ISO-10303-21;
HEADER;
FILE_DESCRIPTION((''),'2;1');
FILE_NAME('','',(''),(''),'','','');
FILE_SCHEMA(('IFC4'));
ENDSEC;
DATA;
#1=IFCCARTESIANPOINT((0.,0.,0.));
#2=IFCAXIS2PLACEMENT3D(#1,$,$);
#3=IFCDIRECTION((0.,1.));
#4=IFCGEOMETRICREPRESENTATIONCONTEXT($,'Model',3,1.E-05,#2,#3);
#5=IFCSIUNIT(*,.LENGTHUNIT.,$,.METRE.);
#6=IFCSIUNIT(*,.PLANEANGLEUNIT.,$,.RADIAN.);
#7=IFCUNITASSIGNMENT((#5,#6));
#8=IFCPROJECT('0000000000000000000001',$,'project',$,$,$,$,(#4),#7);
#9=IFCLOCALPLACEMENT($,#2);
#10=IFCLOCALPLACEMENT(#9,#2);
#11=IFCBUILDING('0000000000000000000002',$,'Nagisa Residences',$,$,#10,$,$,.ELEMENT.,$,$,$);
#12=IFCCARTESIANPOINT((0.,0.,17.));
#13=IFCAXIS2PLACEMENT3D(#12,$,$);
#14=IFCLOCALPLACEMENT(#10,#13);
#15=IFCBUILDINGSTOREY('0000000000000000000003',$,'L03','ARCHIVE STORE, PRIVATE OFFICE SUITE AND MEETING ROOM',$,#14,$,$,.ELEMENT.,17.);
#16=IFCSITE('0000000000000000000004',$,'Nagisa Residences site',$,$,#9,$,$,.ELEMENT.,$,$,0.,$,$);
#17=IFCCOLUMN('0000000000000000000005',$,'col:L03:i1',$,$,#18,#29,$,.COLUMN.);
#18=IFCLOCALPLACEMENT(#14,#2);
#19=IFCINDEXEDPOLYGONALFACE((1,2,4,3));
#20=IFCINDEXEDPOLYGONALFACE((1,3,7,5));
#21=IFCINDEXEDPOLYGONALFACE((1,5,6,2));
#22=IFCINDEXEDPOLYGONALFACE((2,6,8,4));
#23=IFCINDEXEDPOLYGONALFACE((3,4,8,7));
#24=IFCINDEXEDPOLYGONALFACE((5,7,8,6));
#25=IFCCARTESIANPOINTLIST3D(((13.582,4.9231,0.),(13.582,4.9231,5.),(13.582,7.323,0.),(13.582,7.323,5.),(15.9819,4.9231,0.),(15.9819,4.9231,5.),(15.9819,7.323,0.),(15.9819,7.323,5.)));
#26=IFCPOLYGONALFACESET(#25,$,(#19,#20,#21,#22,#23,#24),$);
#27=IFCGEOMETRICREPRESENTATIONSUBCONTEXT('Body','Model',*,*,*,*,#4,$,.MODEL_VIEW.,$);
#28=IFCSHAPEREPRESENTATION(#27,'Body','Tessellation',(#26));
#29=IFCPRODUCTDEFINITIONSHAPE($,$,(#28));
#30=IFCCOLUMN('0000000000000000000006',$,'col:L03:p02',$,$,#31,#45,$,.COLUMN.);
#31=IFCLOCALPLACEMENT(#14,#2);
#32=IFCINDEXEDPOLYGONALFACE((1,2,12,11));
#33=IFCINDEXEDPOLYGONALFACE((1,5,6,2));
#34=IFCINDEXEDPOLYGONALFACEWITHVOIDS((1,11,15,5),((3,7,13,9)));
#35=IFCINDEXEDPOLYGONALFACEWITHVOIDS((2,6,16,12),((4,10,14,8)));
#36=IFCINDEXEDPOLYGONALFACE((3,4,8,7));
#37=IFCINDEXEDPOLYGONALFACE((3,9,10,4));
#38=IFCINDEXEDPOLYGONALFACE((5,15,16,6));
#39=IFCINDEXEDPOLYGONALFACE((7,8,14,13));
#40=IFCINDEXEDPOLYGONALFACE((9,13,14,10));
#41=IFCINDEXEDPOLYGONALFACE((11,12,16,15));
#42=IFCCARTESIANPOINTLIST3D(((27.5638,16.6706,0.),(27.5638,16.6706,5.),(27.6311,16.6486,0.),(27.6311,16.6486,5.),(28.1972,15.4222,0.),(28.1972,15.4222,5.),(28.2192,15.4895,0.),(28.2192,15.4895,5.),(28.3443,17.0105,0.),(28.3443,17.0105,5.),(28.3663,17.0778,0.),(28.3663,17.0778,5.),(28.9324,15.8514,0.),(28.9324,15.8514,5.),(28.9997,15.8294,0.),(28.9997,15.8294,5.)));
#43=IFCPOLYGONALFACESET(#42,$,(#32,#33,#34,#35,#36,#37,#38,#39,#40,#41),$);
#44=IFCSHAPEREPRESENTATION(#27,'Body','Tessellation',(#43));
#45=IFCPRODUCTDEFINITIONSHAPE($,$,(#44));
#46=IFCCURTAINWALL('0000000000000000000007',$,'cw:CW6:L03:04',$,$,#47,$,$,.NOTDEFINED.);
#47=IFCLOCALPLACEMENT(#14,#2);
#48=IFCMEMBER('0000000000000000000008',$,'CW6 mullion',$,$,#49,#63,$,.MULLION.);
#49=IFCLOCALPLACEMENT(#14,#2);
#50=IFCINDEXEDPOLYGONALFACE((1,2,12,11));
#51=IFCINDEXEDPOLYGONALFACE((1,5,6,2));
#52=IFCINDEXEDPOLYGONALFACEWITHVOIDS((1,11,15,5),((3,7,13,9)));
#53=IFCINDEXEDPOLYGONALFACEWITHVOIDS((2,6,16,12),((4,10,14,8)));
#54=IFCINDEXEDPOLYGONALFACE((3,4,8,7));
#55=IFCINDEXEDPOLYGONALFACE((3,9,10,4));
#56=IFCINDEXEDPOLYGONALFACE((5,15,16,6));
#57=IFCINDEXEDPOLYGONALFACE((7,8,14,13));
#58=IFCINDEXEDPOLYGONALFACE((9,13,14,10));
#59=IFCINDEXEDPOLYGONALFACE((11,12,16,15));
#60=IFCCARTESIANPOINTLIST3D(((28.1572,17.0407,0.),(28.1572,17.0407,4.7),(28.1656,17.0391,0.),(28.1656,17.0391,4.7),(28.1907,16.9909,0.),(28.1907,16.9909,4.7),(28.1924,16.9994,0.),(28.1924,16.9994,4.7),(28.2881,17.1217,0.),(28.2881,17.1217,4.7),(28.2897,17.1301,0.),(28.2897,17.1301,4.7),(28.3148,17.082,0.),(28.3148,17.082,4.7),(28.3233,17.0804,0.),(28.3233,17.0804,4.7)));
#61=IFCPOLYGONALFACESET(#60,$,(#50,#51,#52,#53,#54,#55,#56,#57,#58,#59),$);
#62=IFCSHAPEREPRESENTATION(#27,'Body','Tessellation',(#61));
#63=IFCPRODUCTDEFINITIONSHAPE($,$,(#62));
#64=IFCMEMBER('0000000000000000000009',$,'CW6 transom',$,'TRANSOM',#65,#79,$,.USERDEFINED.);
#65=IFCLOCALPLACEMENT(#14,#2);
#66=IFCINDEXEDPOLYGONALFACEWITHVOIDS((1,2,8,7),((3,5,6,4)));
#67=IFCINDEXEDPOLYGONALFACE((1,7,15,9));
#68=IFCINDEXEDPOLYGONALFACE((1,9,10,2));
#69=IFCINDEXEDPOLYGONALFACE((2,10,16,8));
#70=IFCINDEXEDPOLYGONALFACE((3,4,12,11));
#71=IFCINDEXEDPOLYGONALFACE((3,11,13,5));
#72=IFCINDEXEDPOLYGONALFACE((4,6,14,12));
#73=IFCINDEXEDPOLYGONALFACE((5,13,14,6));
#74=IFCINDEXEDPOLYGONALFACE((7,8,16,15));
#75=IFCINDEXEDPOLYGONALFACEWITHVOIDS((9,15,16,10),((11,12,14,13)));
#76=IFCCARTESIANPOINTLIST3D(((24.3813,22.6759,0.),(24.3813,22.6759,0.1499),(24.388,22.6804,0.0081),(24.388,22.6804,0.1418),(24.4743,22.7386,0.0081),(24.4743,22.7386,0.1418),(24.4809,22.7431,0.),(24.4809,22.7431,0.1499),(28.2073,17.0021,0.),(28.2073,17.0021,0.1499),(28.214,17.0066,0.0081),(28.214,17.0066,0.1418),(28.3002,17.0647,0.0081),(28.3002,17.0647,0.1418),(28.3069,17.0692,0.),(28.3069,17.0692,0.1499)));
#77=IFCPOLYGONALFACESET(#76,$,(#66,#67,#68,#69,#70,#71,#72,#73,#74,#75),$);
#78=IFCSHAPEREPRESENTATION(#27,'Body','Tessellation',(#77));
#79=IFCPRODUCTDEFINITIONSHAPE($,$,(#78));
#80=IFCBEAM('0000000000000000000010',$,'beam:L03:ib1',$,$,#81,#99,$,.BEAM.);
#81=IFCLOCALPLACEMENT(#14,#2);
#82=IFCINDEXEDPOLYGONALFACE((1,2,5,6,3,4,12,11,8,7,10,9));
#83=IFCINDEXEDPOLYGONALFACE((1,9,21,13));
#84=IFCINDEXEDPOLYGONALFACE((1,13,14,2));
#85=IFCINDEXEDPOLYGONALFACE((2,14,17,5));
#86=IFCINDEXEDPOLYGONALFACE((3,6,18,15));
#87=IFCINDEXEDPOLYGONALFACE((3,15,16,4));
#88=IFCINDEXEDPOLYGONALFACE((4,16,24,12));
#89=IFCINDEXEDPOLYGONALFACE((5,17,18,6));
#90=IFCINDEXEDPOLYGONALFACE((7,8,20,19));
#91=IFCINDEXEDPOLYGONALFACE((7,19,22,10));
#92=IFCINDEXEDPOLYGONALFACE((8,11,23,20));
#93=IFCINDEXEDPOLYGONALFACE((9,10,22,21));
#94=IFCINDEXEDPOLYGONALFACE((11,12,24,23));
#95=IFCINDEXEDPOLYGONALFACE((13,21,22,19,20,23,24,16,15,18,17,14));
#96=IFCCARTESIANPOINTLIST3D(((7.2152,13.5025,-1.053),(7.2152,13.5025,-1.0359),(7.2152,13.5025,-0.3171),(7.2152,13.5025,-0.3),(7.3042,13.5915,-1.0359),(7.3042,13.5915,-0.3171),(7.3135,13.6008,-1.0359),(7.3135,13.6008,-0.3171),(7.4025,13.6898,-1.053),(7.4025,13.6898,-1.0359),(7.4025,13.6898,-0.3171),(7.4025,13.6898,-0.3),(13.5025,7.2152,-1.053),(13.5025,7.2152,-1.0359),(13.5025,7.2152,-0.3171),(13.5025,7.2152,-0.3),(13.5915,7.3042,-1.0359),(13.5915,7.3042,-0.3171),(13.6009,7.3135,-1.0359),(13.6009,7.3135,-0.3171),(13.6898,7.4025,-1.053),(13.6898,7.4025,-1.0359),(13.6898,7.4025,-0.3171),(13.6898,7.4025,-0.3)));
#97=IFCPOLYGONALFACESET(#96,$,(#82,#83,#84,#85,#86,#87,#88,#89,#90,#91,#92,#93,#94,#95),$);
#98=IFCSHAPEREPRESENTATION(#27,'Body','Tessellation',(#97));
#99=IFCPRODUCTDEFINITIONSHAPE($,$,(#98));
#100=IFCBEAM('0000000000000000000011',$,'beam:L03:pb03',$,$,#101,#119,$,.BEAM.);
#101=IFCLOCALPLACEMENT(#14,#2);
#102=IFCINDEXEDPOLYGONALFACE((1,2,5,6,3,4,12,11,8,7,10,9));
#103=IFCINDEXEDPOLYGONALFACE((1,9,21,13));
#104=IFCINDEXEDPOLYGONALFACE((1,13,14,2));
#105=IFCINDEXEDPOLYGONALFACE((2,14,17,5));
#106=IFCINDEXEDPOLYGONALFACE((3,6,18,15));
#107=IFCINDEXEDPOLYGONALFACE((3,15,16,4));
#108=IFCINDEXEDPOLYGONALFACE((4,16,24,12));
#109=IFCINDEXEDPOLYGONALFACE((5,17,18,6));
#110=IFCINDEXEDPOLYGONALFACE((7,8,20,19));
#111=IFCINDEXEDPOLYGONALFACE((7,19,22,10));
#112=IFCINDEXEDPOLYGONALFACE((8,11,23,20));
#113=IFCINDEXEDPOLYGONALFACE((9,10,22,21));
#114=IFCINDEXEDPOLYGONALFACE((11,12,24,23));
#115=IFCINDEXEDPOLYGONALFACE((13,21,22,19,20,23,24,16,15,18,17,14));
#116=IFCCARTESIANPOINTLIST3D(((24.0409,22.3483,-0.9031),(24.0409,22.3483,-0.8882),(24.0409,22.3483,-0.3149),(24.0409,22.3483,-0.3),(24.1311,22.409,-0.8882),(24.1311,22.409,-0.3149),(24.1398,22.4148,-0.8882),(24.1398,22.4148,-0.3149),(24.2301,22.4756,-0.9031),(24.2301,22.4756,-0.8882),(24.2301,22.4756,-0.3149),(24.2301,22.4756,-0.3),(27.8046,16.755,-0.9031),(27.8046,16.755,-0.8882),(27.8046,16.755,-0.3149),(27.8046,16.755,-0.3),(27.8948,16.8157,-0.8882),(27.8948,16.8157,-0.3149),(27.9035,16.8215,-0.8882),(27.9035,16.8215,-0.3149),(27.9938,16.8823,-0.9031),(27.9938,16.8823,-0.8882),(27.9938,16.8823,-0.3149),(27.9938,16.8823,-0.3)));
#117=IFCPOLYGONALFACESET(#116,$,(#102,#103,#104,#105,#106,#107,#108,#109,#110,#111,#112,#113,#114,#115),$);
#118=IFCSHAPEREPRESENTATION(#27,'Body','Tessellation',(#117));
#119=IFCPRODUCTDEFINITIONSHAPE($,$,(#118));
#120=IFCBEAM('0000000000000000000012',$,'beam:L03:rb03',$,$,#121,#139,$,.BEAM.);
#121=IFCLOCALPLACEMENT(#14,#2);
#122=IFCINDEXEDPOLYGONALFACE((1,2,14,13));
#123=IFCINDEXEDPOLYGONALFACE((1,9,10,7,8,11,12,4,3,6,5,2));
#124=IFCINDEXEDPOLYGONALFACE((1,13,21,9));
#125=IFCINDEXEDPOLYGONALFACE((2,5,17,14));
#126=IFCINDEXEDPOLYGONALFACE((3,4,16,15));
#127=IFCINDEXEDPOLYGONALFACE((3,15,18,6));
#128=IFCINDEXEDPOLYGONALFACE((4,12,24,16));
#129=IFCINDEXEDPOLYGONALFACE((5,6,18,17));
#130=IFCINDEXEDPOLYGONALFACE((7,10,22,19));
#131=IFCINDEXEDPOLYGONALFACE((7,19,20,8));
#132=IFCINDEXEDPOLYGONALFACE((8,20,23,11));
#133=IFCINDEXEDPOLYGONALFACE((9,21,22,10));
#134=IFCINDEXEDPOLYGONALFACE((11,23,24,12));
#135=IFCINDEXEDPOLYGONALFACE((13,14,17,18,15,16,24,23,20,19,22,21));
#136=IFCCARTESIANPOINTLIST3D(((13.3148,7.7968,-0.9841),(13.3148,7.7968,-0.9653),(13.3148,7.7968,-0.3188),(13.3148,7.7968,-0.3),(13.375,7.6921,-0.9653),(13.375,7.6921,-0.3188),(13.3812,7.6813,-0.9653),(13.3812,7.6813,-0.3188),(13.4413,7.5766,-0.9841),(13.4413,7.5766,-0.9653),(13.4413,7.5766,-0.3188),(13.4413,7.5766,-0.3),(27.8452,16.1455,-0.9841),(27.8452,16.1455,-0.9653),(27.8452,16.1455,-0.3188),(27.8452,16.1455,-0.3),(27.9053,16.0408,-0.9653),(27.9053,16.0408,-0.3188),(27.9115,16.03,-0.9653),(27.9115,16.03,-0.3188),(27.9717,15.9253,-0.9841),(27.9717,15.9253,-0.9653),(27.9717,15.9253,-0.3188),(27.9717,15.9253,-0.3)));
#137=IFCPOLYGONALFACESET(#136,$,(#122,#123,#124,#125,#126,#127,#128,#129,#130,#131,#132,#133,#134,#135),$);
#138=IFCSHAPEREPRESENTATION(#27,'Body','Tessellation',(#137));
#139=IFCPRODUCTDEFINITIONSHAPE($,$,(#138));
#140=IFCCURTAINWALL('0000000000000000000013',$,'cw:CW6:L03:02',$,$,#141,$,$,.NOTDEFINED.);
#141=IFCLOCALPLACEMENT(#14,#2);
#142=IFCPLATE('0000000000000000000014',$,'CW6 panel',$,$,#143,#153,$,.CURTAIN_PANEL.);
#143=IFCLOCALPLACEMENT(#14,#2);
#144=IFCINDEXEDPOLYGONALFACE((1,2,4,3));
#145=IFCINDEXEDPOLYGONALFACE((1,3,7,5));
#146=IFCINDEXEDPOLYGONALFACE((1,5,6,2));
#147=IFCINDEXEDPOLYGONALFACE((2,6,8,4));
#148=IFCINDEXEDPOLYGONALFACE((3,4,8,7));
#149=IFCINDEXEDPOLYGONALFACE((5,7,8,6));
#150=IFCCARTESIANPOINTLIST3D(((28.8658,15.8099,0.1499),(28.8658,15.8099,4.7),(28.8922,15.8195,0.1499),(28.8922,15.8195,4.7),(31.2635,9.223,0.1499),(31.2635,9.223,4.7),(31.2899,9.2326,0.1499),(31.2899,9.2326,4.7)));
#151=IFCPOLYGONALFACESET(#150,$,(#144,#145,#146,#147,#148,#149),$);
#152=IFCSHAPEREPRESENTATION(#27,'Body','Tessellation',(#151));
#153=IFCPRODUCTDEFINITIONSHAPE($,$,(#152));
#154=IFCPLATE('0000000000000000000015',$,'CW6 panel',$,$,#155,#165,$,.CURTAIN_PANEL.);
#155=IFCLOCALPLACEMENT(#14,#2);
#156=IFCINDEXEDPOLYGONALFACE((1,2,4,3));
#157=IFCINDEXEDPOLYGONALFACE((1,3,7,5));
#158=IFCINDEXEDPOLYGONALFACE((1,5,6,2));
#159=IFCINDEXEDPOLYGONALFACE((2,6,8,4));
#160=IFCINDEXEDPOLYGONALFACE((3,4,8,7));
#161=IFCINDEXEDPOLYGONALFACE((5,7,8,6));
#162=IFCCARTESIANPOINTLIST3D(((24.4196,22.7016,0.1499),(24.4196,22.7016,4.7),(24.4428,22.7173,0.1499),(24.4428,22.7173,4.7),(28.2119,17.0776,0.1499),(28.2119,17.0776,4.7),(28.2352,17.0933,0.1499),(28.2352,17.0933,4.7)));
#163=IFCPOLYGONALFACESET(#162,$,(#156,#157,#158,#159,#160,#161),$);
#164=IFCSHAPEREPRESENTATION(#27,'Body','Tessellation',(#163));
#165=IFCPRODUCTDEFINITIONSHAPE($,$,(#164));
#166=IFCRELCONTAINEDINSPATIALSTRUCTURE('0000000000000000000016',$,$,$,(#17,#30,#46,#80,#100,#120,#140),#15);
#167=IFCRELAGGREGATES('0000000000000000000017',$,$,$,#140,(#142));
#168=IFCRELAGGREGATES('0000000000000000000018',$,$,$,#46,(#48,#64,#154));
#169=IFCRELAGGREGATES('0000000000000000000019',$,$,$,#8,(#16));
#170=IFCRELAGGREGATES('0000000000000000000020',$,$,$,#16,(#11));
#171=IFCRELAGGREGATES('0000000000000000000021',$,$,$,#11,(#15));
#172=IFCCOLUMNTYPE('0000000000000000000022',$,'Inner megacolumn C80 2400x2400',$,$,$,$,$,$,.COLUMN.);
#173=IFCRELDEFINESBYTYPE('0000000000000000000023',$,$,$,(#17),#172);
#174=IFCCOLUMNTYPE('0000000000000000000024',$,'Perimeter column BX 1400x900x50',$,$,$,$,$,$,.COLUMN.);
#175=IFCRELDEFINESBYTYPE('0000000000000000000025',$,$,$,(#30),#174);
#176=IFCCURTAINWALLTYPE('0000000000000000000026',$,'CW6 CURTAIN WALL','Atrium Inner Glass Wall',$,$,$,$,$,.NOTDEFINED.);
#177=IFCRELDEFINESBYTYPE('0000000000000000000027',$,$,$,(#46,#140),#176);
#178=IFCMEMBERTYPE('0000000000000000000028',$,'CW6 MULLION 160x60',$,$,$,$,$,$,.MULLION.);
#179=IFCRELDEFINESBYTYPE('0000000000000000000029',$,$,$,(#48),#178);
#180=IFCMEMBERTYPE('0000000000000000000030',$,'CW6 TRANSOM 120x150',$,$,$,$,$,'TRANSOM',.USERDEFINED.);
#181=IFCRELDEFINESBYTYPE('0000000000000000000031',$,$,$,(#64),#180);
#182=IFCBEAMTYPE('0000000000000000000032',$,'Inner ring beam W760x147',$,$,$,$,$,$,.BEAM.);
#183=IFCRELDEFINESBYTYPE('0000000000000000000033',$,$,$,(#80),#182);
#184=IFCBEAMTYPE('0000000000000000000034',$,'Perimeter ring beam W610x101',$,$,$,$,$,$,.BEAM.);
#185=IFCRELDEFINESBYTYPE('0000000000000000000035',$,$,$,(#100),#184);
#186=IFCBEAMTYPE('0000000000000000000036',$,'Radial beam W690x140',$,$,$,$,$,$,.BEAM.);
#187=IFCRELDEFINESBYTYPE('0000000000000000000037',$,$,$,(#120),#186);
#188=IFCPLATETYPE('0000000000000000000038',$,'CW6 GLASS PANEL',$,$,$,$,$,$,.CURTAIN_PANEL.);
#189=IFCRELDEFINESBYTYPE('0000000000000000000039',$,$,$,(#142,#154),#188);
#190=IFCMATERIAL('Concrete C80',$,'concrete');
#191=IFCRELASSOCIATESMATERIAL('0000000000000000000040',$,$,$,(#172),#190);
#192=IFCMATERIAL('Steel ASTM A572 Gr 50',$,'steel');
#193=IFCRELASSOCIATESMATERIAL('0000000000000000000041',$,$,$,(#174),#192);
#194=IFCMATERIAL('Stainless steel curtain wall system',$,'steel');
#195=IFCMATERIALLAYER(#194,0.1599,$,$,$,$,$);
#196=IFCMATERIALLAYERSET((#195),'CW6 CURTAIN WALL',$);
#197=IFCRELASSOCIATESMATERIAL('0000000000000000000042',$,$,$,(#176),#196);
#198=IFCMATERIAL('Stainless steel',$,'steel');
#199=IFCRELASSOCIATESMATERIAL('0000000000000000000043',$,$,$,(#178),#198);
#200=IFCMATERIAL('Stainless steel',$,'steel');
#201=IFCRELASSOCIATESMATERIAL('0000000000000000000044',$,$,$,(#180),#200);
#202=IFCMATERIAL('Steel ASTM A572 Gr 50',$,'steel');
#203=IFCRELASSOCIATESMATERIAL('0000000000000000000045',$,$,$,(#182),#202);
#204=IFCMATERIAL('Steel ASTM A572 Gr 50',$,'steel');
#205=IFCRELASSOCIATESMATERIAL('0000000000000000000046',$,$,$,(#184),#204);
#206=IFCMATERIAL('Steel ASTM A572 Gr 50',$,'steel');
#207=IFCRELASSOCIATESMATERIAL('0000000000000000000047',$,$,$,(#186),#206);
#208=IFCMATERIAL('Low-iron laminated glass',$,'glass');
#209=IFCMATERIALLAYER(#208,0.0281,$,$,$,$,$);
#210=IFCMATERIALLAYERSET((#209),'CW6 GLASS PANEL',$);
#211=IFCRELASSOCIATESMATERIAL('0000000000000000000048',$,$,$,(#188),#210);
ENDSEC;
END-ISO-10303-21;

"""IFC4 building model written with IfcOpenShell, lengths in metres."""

from ifc_helpers import new_model, si_unit, direction, frame, origin, origin_2d, place, context, subcontext, project, spatial, rectangle, hollow_rectangle, i_section, extrude, material, layer, layer_set, material_profile, profile_set, type_object, element, aggregate, save


model = new_model("IFC4")

# Units and contexts
model_context = context("Model", 3, precision=1e-05, world=origin(), true_north=direction((0.0, 1.0)))
body_context = subcontext(model_context, "Body", "Model", "MODEL_VIEW")
ifc_project = project(units=[si_unit("LENGTHUNIT", "METRE"), si_unit("PLANEANGLEUNIT", "RADIAN")], contexts=[model_context])

# Site, building, storey
site_placement = place(None, origin())
site = spatial("IfcSite", under=ifc_project, at=site_placement, Name="Nagisa Residences site", CompositionType="ELEMENT", RefElevation=0.0)
building_placement = place(site_placement, origin())
building = spatial("IfcBuilding", under=site, at=building_placement, Name="Nagisa Residences", CompositionType="ELEMENT")
storey_placement = place(building_placement, frame((0.0, 0.0, 17.0)))
storey = spatial("IfcBuildingStorey", under=building, at=storey_placement, Name="L03", Description="ARCHIVE STORE, PRIVATE OFFICE SUITE AND MEETING ROOM", CompositionType="ELEMENT", Elevation=17.0)

# Columns
ifc_material_1 = material(Name="Concrete C80", Category="concrete")
ifc_material_profile_1 = material_profile(ifc_material_1, rectangle(XDim=2.3999, YDim=2.3999, at=origin_2d()), Name="C80 2400x2400")
ifc_profile_set_1 = profile_set([ifc_material_profile_1], Name="Concrete C80")
column_type_1 = type_object("IfcColumnType", Name="Inner megacolumn C80 2400x2400", PredefinedType="COLUMN", material=ifc_profile_set_1)
column_1_placement = place(storey_placement, frame((14.782, 6.123, 0.0), z_axis=(0.0, 0.0, 1.0), x_axis=(1.0, 0.0, 0.0)))
element("IfcColumn", 1, at=column_1_placement, inside=storey, type_object=column_type_1, Name="col:L03:i1", PredefinedType="COLUMN", context=body_context, shape_type="SweptSolid", body=[
    extrude(rectangle(XDim=2.3999, YDim=2.3999, at=origin_2d()), origin(), (0.0, 0.0, 1.0), 5.0),
])
ifc_material_2 = material(Name="Steel ASTM A572 Gr 50", Category="steel")
ifc_material_profile_2 = material_profile(ifc_material_2, hollow_rectangle(XDim=1.3999, YDim=0.8999, WallThickness=0.05, at=origin_2d()), Name="BX 1400x900x50")
ifc_profile_set_2 = profile_set([ifc_material_profile_2], Name="Steel ASTM A572 Gr 50")
column_type_2 = type_object("IfcColumnType", Name="Perimeter column BX 1400x900x50", PredefinedType="COLUMN", material=ifc_profile_set_2)
column_2_placement = place(storey_placement, frame((28.2817, 16.25, 0.0), z_axis=(0.0, 0.0, 1.0), x_axis=(-0.452463, 0.891783, 0.0)))
element("IfcColumn", 2, at=column_2_placement, inside=storey, type_object=column_type_2, Name="col:L03:p02", PredefinedType="COLUMN", context=body_context, shape_type="SweptSolid", body=[
    extrude(hollow_rectangle(XDim=1.3999, YDim=0.8999, WallThickness=0.05, at=origin_2d()), origin(), (0.0, 0.0, 1.0), 5.0),
])

# Curtain wall, members
ifc_material_3 = material(Name="Stainless steel curtain wall system", Category="steel")
ifc_layer_1 = layer(ifc_material_3, 0.1599)
ifc_layer_set_1 = layer_set([ifc_layer_1], Name="CW6 CURTAIN WALL")
curtain_wall_type = type_object("IfcCurtainWallType", Name="CW6 CURTAIN WALL", Description="Atrium Inner Glass Wall", PredefinedType="NOTDEFINED", material=ifc_layer_set_1)
curtain_wall_1_placement = place(storey_placement, origin())
curtain_wall_1 = element("IfcCurtainWall", 3, at=curtain_wall_1_placement, inside=storey, type_object=curtain_wall_type, Name="cw:CW6:L03:04", PredefinedType="NOTDEFINED")
ifc_material_4 = material(Name="Stainless steel", Category="steel")
ifc_material_profile_3 = material_profile(ifc_material_4, hollow_rectangle(XDim=0.1599, YDim=0.0601, WallThickness=0.0061, at=origin_2d()), Name="CW6 MULLION 160x60")
ifc_profile_set_3 = profile_set([ifc_material_profile_3], Name="Stainless steel")
member_type_1 = type_object("IfcMemberType", Name="CW6 MULLION 160x60", PredefinedType="MULLION", material=ifc_profile_set_3)
member_1_placement = place(storey_placement, frame((28.2402, 17.0605, 0.0), z_axis=(0.0, 0.0, 1.0), x_axis=(-0.829111, -0.559084, 0.0)))
member_1 = element("IfcMember", 4, at=member_1_placement, type_object=member_type_1, Name="CW6 mullion", PredefinedType="MULLION", context=body_context, shape_type="SweptSolid", body=[
    extrude(hollow_rectangle(XDim=0.1599, YDim=0.0601, WallThickness=0.0061, at=origin_2d()), origin(), (0.0, 0.0, 1.0), 4.7),
])
ifc_material_5 = material(Name="Stainless steel", Category="steel")
ifc_material_profile_4 = material_profile(ifc_material_5, hollow_rectangle(XDim=0.1201, YDim=0.1499, WallThickness=0.0081, at=origin_2d()), Name="CW6 TRANSOM 120x150")
ifc_profile_set_4 = profile_set([ifc_material_profile_4], Name="Stainless steel")
member_type_2 = type_object("IfcMemberType", Name="CW6 TRANSOM 120x150", ElementType="TRANSOM", PredefinedType="USERDEFINED", material=ifc_profile_set_4)
member_2_placement = place(storey_placement, frame((28.2571, 17.0356, 0.075), z_axis=(-0.559081, 0.829113, 0.0), x_axis=(-0.829113, -0.559081, 0.0)))
member_2 = element("IfcMember", 5, at=member_2_placement, type_object=member_type_2, Name="CW6 transom", ObjectType="TRANSOM", PredefinedType="USERDEFINED", context=body_context, shape_type="SweptSolid", body=[
    extrude(hollow_rectangle(XDim=0.1201, YDim=0.1499, WallThickness=0.0081, at=origin_2d()), origin(), (0.0, 0.0, 1.0), 6.8433),
])

# Beams
ifc_material_6 = material(Name="Steel ASTM A572 Gr 50", Category="steel")
ifc_material_profile_5 = material_profile(ifc_material_6, i_section(OverallWidth=0.2649, OverallDepth=0.7529, WebThickness=0.0132, FlangeThickness=0.0171, at=origin_2d()), Name="W760x147")
ifc_profile_set_5 = profile_set([ifc_material_profile_5], Name="Steel ASTM A572 Gr 50")
beam_type_1 = type_object("IfcBeamType", Name="Inner ring beam W760x147", PredefinedType="BEAM", material=ifc_profile_set_5)
beam_1_placement = place(storey_placement, frame((13.5962, 7.3088, -0.6765), z_axis=(-0.707107, 0.707107, 0.0), x_axis=(-0.707107, -0.707107, 0.0)))
element("IfcBeam", 6, at=beam_1_placement, inside=storey, type_object=beam_type_1, Name="beam:L03:ib1", PredefinedType="BEAM", context=body_context, shape_type="SweptSolid", body=[
    extrude(i_section(OverallWidth=0.2649, OverallDepth=0.7529, WebThickness=0.0132, FlangeThickness=0.0171, at=origin_2d()), origin(), (0.0, 0.0, 1.0), 8.8916),
])
ifc_material_7 = material(Name="Steel ASTM A572 Gr 50", Category="steel")
ifc_material_profile_6 = material_profile(ifc_material_7, i_section(OverallWidth=0.228, OverallDepth=0.603, WebThickness=0.0105, FlangeThickness=0.0149, at=origin_2d()), Name="W610x101")
ifc_profile_set_6 = profile_set([ifc_material_profile_6], Name="Steel ASTM A572 Gr 50")
beam_type_2 = type_object("IfcBeamType", Name="Perimeter ring beam W610x101", PredefinedType="BEAM", material=ifc_profile_set_6)
beam_2_placement = place(storey_placement, frame((27.8992, 16.8186, -0.6016), z_axis=(-0.558272, 0.829658, 0.0), x_axis=(-0.829658, -0.558272, 0.0)))
element("IfcBeam", 7, at=beam_2_placement, inside=storey, type_object=beam_type_2, Name="beam:L03:pb03", PredefinedType="BEAM", context=body_context, shape_type="SweptSolid", body=[
    extrude(i_section(OverallWidth=0.228, OverallDepth=0.603, WebThickness=0.0105, FlangeThickness=0.0149, at=origin_2d()), origin(), (0.0, 0.0, 1.0), 6.7417),
])
ifc_material_8 = material(Name="Steel ASTM A572 Gr 50", Category="steel")
ifc_material_profile_7 = material_profile(ifc_material_8, i_section(OverallWidth=0.2539, OverallDepth=0.6841, WebThickness=0.0125, FlangeThickness=0.0188, at=origin_2d()), Name="W690x140")
ifc_profile_set_7 = profile_set([ifc_material_profile_7], Name="Steel ASTM A572 Gr 50")
beam_type_3 = type_object("IfcBeamType", Name="Radial beam W690x140", PredefinedType="BEAM", material=ifc_profile_set_7)
beam_3_placement = place(storey_placement, frame((27.9084, 16.0354, -0.6421), z_axis=(-0.867068, -0.49819, 0.0), x_axis=(0.49819, -0.867068, 0.0)))
element("IfcBeam", 8, at=beam_3_placement, inside=storey, type_object=beam_type_3, Name="beam:L03:rb03", PredefinedType="BEAM", context=body_context, shape_type="SweptSolid", body=[
    extrude(i_section(OverallWidth=0.2539, OverallDepth=0.6841, WebThickness=0.0125, FlangeThickness=0.0188, at=origin_2d()), origin(), (0.0, 0.0, 1.0), 16.7581),
])

# Curtain wall, plate
curtain_wall_2_placement = place(storey_placement, origin())
curtain_wall_2 = element("IfcCurtainWall", 9, at=curtain_wall_2_placement, inside=storey, type_object=curtain_wall_type, Name="cw:CW6:L03:02", PredefinedType="NOTDEFINED")
ifc_material_9 = material(Name="Low-iron laminated glass", Category="glass")
ifc_layer_2 = layer(ifc_material_9, 0.0281)
ifc_layer_set_2 = layer_set([ifc_layer_2], Name="CW6 GLASS PANEL")
plate_type = type_object("IfcPlateType", Name="CW6 GLASS PANEL", PredefinedType="CURTAIN_PANEL", material=ifc_layer_set_2)
plate_1_placement = place(storey_placement, frame((30.0779, 12.5212, 0.1499), z_axis=(0.0, 0.0, 1.0), x_axis=(-0.34205, 0.939682, 0.0)))
plate_1 = element("IfcPlate", 10, at=plate_1_placement, type_object=plate_type, Name="CW6 panel", PredefinedType="CURTAIN_PANEL", context=body_context, shape_type="SweptSolid", body=[
    extrude(rectangle(XDim=7.0098, YDim=0.0281, at=origin_2d()), origin(), (0.0, 0.0, 1.0), 4.55),
])
aggregate(curtain_wall_2, [plate_1])

# Plate
plate_2_placement = place(storey_placement, frame((26.3274, 19.8975, 0.1499), z_axis=(0.0, 0.0, 1.0), x_axis=(-0.559084, 0.829111, 0.0)))
plate_2 = element("IfcPlate", 11, at=plate_2_placement, type_object=plate_type, Name="CW6 panel", PredefinedType="CURTAIN_PANEL", context=body_context, shape_type="SweptSolid", body=[
    extrude(rectangle(XDim=6.7832, YDim=0.0281, at=origin_2d()), origin(), (0.0, 0.0, 1.0), 4.55),
])
aggregate(curtain_wall_1, [member_1, member_2, plate_2])

save(model, "model.ifc")
